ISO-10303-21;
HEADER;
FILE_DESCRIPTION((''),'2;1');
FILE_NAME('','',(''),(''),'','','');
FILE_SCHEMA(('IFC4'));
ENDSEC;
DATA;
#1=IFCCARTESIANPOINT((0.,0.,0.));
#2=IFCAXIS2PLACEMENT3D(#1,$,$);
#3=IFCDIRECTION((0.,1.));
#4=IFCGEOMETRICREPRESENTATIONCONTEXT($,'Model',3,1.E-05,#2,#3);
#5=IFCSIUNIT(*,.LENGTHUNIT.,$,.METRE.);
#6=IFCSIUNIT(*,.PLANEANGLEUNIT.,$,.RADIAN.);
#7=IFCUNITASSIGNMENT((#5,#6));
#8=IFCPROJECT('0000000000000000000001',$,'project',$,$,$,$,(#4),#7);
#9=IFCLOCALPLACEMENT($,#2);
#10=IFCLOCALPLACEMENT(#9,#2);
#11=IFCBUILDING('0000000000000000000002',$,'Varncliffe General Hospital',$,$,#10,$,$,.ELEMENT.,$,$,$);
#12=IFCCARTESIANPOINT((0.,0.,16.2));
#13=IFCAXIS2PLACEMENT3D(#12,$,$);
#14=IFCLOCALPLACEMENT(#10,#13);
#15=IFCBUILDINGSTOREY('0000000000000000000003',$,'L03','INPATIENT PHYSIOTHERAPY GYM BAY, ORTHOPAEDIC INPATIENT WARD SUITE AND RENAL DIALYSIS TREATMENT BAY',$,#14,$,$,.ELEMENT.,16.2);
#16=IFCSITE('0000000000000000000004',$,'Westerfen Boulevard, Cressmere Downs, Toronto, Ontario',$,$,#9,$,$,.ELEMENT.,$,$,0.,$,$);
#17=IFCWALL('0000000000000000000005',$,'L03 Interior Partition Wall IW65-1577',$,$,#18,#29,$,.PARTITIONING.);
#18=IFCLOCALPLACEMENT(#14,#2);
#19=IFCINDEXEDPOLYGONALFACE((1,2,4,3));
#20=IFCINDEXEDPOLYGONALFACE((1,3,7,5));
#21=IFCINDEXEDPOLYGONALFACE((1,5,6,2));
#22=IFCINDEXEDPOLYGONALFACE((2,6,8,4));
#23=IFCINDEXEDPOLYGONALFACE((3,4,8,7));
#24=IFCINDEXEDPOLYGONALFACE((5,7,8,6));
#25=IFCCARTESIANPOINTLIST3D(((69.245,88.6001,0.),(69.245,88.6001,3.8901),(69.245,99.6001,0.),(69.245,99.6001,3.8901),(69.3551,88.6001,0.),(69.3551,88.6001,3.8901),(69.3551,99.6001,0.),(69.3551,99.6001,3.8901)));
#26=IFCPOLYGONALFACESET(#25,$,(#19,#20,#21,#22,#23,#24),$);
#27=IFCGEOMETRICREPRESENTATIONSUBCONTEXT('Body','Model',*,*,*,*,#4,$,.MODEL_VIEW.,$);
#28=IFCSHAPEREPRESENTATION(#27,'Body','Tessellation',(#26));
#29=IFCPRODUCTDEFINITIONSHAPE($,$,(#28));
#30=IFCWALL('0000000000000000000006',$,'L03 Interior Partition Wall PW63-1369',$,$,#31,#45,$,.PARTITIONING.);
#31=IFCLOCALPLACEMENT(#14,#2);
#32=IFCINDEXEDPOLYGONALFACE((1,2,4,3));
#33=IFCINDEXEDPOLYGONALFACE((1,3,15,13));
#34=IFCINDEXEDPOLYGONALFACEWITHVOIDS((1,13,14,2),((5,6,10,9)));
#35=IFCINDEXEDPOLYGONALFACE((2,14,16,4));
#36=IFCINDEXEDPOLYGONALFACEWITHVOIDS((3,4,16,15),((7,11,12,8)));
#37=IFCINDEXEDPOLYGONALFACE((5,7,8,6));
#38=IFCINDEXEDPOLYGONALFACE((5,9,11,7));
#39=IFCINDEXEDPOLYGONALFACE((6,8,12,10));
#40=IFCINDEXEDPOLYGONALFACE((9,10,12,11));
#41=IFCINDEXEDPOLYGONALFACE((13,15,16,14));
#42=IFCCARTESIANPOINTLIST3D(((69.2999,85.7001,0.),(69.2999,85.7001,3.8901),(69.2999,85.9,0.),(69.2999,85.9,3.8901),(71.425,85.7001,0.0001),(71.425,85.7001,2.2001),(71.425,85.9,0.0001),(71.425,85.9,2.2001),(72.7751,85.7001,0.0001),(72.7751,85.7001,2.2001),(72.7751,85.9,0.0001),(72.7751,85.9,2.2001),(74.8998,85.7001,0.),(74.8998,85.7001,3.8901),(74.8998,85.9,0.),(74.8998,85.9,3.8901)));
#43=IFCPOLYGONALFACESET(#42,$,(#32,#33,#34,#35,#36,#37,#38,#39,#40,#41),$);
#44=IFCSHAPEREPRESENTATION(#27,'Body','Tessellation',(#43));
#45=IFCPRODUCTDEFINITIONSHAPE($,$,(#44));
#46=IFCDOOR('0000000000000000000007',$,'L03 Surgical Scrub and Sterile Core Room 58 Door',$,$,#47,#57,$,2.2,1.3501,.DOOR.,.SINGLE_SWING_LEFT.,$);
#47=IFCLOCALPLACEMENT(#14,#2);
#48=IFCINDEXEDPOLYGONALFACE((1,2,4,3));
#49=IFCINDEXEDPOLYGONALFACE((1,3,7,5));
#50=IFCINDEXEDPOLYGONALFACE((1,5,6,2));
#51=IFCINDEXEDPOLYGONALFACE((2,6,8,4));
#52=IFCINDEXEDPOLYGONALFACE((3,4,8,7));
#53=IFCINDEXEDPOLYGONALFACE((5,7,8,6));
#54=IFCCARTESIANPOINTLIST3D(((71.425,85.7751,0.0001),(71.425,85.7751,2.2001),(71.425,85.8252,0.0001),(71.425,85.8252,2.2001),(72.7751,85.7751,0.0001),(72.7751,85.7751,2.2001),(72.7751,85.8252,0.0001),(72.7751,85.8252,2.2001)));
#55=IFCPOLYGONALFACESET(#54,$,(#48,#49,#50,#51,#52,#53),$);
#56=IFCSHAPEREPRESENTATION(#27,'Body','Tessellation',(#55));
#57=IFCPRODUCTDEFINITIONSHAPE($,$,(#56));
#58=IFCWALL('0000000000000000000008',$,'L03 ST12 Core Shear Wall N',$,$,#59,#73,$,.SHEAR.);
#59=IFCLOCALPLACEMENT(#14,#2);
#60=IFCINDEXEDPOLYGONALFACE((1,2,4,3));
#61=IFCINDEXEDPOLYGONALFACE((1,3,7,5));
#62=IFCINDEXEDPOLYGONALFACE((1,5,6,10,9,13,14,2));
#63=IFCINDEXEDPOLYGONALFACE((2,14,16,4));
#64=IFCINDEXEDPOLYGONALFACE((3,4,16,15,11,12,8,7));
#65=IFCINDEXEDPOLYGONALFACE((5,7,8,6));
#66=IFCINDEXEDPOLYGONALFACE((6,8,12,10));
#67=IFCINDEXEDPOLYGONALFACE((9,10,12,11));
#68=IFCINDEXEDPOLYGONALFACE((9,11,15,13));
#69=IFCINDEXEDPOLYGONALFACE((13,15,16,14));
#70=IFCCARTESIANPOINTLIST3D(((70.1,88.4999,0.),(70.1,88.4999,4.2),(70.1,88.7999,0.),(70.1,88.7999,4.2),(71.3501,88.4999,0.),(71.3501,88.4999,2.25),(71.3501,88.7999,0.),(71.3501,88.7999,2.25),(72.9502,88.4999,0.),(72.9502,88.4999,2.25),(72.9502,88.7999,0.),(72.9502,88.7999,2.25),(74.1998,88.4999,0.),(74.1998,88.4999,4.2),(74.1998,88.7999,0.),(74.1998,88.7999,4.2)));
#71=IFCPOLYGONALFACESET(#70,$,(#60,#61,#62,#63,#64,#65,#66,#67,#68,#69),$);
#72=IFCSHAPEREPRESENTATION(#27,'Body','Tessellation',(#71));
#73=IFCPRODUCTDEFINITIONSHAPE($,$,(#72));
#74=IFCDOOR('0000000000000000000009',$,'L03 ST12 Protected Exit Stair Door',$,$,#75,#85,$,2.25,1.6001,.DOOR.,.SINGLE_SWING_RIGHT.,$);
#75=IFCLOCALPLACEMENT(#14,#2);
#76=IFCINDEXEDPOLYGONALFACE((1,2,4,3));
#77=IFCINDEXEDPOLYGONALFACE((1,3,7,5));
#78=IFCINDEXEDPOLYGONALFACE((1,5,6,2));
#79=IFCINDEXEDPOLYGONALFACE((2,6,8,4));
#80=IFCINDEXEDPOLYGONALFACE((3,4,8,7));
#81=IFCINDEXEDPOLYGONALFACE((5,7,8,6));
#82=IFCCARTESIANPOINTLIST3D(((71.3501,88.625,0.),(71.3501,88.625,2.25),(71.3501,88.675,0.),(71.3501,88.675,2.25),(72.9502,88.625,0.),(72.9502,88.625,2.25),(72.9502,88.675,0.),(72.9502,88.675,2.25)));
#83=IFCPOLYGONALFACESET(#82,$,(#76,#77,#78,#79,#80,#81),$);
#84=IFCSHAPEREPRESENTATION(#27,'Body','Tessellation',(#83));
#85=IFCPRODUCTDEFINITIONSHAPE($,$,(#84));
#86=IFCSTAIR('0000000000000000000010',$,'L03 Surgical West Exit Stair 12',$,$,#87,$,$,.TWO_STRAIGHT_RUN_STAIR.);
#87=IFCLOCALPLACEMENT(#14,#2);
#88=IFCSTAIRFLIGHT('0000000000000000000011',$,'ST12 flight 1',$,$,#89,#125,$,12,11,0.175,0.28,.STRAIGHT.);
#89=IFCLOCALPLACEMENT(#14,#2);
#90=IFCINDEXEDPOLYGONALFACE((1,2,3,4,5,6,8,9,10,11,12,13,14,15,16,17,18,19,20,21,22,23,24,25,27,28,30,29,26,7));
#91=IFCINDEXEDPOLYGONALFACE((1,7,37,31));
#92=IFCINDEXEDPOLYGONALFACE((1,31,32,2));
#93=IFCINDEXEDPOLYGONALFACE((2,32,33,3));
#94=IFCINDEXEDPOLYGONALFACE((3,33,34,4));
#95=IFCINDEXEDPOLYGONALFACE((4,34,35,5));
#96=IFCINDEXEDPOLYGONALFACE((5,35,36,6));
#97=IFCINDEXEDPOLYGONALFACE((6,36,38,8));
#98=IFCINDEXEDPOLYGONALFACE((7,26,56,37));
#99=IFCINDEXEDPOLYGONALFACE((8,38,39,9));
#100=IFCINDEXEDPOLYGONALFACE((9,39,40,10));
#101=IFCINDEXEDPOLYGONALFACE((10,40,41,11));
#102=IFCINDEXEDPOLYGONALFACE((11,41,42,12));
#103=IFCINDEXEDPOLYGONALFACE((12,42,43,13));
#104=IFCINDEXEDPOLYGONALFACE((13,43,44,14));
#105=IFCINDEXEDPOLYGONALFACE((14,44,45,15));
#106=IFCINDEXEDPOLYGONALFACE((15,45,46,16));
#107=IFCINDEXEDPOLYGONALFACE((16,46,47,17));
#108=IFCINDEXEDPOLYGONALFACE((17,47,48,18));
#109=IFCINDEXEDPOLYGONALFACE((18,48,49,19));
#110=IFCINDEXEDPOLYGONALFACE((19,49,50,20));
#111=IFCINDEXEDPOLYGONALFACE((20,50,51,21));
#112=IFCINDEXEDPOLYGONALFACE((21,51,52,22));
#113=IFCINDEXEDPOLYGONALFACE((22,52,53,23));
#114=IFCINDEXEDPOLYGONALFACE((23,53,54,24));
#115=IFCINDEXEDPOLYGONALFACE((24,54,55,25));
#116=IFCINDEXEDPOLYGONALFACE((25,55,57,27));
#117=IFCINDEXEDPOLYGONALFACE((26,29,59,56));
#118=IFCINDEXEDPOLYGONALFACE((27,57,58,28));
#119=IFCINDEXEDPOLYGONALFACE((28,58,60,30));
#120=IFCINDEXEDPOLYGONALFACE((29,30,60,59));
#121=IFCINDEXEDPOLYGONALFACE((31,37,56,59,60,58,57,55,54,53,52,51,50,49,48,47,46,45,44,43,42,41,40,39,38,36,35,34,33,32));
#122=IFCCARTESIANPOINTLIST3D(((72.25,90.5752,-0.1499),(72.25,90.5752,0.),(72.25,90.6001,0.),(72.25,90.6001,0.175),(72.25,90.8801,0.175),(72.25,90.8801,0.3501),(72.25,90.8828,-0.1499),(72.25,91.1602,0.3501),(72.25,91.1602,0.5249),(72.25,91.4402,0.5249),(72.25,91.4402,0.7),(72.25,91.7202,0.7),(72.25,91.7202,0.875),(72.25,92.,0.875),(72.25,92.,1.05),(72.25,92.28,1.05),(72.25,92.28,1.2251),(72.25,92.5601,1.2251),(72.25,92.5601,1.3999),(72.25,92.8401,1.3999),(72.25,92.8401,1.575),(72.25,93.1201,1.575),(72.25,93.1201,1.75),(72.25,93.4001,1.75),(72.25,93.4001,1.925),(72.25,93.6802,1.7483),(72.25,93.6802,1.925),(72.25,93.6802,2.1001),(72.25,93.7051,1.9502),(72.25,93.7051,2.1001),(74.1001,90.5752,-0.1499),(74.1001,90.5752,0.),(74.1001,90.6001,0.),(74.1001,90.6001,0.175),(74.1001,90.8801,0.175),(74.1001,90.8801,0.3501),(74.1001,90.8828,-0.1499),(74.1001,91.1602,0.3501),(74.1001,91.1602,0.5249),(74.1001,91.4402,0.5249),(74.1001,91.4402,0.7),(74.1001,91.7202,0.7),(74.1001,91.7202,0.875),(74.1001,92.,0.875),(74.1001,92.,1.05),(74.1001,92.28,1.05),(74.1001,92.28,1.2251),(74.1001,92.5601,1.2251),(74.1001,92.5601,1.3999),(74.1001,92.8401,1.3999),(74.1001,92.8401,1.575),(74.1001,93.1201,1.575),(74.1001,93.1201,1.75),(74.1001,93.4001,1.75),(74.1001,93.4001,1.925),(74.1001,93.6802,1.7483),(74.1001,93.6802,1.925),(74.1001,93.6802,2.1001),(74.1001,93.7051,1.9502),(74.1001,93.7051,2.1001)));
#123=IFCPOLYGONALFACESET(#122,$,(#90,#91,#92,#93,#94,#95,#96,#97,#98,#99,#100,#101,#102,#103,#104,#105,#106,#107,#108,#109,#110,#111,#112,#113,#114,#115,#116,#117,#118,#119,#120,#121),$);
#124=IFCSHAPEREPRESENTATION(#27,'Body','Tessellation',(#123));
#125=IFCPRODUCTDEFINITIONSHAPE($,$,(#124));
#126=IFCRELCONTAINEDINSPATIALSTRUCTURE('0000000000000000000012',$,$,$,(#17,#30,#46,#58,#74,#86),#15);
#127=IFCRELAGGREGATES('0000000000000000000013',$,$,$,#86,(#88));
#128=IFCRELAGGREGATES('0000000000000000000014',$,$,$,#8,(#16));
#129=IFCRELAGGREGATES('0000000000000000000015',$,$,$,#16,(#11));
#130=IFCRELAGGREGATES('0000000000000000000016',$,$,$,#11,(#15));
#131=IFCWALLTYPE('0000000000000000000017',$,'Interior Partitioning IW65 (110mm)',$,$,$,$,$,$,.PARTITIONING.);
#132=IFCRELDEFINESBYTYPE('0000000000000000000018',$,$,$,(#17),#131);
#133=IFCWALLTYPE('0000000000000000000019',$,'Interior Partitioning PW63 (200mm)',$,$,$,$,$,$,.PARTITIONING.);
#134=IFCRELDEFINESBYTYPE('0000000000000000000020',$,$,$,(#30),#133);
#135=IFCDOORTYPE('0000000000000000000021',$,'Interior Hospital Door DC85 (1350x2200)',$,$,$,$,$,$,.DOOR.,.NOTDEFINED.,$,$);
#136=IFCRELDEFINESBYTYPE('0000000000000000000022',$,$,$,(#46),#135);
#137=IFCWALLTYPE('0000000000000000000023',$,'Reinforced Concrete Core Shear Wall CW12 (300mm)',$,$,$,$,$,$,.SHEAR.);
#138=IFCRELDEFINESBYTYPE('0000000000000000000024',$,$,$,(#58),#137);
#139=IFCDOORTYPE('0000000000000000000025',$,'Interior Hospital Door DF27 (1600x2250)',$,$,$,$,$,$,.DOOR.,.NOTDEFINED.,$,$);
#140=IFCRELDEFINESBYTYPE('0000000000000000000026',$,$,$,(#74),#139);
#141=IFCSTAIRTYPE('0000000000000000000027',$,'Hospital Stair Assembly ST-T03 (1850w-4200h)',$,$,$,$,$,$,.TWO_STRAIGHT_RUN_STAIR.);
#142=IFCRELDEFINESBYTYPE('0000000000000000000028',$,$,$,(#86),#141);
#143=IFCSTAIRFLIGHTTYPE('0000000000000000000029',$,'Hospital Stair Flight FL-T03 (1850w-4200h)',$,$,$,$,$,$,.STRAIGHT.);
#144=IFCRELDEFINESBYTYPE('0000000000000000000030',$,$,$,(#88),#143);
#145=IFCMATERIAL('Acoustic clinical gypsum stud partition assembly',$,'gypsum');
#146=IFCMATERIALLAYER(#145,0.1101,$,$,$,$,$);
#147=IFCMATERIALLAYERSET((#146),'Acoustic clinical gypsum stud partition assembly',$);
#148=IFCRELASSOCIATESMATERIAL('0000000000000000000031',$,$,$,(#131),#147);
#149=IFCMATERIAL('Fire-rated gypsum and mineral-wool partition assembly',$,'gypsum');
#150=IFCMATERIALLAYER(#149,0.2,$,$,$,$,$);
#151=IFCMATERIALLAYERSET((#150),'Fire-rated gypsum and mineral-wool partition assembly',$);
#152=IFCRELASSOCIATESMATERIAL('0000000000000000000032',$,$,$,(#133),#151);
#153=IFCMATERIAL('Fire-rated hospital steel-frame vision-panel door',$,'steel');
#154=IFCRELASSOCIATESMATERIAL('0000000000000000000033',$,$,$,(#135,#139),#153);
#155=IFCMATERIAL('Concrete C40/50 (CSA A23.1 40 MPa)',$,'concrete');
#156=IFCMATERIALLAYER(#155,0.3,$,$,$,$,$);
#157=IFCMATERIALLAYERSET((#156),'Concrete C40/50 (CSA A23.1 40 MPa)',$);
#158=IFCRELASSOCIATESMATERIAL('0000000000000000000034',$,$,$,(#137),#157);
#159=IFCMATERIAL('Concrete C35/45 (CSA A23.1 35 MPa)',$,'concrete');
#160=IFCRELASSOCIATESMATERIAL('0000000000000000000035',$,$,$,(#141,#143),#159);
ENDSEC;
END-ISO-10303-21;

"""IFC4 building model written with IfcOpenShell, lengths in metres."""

from ifc_helpers import new_model, si_unit, direction, frame, frame_2d, origin, place, context, subcontext, project, spatial, polyline, rectangle, outline, extrude, material, layer, layer_set, type_object, element, fill, aggregate, save


model = new_model("IFC4")

# Units and contexts
model_context = context("Model", 3, precision=1e-05, world=origin(), true_north=direction((0.0, 1.0)))
body_context = subcontext(model_context, "Body", "Model", "MODEL_VIEW")
ifc_project = project(units=[si_unit("LENGTHUNIT", "METRE"), si_unit("PLANEANGLEUNIT", "RADIAN")], contexts=[model_context])

# Site, building, storey
site_placement = place(None, origin())
site = spatial("IfcSite", under=ifc_project, at=site_placement, Name="Westerfen Boulevard, Cressmere Downs, Toronto, Ontario", CompositionType="ELEMENT", RefElevation=0.0)
building_placement = place(site_placement, origin())
building = spatial("IfcBuilding", under=site, at=building_placement, Name="Varncliffe General Hospital", CompositionType="ELEMENT")
storey_placement = place(building_placement, frame((0.0, 0.0, 16.2)))
storey = spatial("IfcBuildingStorey", under=building, at=storey_placement, Name="L03", Description="INPATIENT PHYSIOTHERAPY GYM BAY, ORTHOPAEDIC INPATIENT WARD SUITE AND RENAL DIALYSIS TREATMENT BAY", CompositionType="ELEMENT", Elevation=16.2)

# Shared definitions
ifc_material_1 = material(Name="Concrete C40/50 (CSA A23.1 40 MPa)", Category="concrete")

# Shared definitions
ifc_material_2 = material(Name="Concrete C35/45 (CSA A23.1 35 MPa)", Category="concrete")

# Wall
ifc_material_3 = material(Name="Acoustic clinical gypsum stud partition assembly", Category="gypsum")
ifc_layer_1 = layer(ifc_material_3, 0.1101)
ifc_layer_set_1 = layer_set([ifc_layer_1], Name="Acoustic clinical gypsum stud partition assembly")
wall_type_1 = type_object("IfcWallType", Name="Interior Partitioning IW65 (110mm)", PredefinedType="PARTITIONING", material=ifc_layer_set_1)
wall_1_placement = place(storey_placement, frame((69.3, 88.6001, 0.0), z_axis=(0.0, 0.0, 1.0), x_axis=(0.0, 1.0, 0.0)))
element("IfcWall", 1, at=wall_1_placement, inside=storey, type_object=wall_type_1, Name="L03 Interior Partition Wall IW65-1577", PredefinedType="PARTITIONING", context=body_context, shape_type="SweptSolid", body=[
    extrude(rectangle(XDim=11.0, YDim=0.1101, at=frame_2d((5.5, 0.0))), origin(), (0.0, 0.0, 1.0), 3.8901),
])

# Walls, openings, doors
ifc_material_4 = material(Name="Fire-rated gypsum and mineral-wool partition assembly", Category="gypsum")
ifc_layer_2 = layer(ifc_material_4, 0.2)
ifc_layer_set_2 = layer_set([ifc_layer_2], Name="Fire-rated gypsum and mineral-wool partition assembly")
wall_type_2 = type_object("IfcWallType", Name="Interior Partitioning PW63 (200mm)", PredefinedType="PARTITIONING", material=ifc_layer_set_2)
wall_2_placement = place(storey_placement, frame((69.3, 85.8, 0.0), z_axis=(0.0, 0.0, 1.0), x_axis=(1.0, 0.0, 0.0)))
wall_2 = element("IfcWall", 2, at=wall_2_placement, inside=storey, type_object=wall_type_2, Name="L03 Interior Partition Wall PW63-1369", PredefinedType="PARTITIONING", context=body_context, shape_type="SweptSolid", body=[
    extrude(rectangle(XDim=5.5999, YDim=0.2, at=frame_2d((2.7998, 0.0))), origin(), (0.0, 0.0, 1.0), 3.8901),
])
opening_1_placement = place(wall_2_placement, frame((2.125, 0.0, 0.0)))
opening_1 = element("IfcOpeningElement", 3, at=opening_1_placement, cuts=wall_2, PredefinedType="OPENING", context=body_context, shape_type="SweptSolid", body=[
    extrude(rectangle(XDim=1.3501, YDim=2.2, at=frame_2d((0.675, 1.1001))), frame((0.0, 0.1099, 0.0), z_axis=(0.0, -1.0, 0.0), x_axis=(1.0, 0.0, 0.0)), (0.0, 0.0, 1.0), 0.22),
])
ifc_material_5 = material(Name="Fire-rated hospital steel-frame vision-panel door", Category="steel")
door_type_1 = type_object("IfcDoorType", Name="Interior Hospital Door DC85 (1350x2200)", OperationType="NOTDEFINED", PredefinedType="DOOR", material=ifc_material_5)
door_1_placement = place(opening_1_placement, frame((1.3501, 0.0, 0.0), z_axis=(0.0, 0.0, 1.0), x_axis=(-1.0, 0.0, 0.0)))
door_1 = element("IfcDoor", 4, at=door_1_placement, inside=storey, type_object=door_type_1, Name="L03 Surgical Scrub and Sterile Core Room 58 Door", OperationType="SINGLE_SWING_LEFT", OverallHeight=2.2, OverallWidth=1.3501, PredefinedType="DOOR", context=body_context, shape_type="SweptSolid", body=[
    extrude(rectangle(XDim=1.3501, YDim=2.2, at=frame_2d((0.675, 1.1001))), frame((0.0, 0.0249, 0.0), z_axis=(0.0, -1.0, 0.0), x_axis=(1.0, 0.0, 0.0)), (0.0, 0.0, 1.0), 0.05),
])
fill(opening_1, door_1)
ifc_layer_3 = layer(ifc_material_1, 0.3)
ifc_layer_set_3 = layer_set([ifc_layer_3], Name="Concrete C40/50 (CSA A23.1 40 MPa)")
wall_type_3 = type_object("IfcWallType", Name="Reinforced Concrete Core Shear Wall CW12 (300mm)", PredefinedType="SHEAR", material=ifc_layer_set_3)
wall_3_placement = place(storey_placement, frame((70.1001, 88.6499, 0.0), z_axis=(0.0, 0.0, 1.0), x_axis=(1.0, 0.0, 0.0)))
wall_3 = element("IfcWall", 5, at=wall_3_placement, inside=storey, type_object=wall_type_3, Name="L03 ST12 Core Shear Wall N", PredefinedType="SHEAR", context=body_context, shape_type="SweptSolid", body=[
    extrude(rectangle(XDim=4.0999, YDim=0.3, at=frame_2d((2.0498, 0.0))), origin(), (0.0, 0.0, 1.0), 4.2),
])
opening_2_placement = place(wall_3_placement, frame((1.25, 0.0, 0.0)))
opening_2 = element("IfcOpeningElement", 6, at=opening_2_placement, cuts=wall_3, PredefinedType="OPENING", context=body_context, shape_type="SweptSolid", body=[
    extrude(rectangle(XDim=1.6001, YDim=2.25, at=frame_2d((0.8, 1.125))), frame((0.0, 0.1602, 0.0), z_axis=(0.0, -1.0, 0.0), x_axis=(1.0, 0.0, 0.0)), (0.0, 0.0, 1.0), 0.3201),
])
door_type_2 = type_object("IfcDoorType", Name="Interior Hospital Door DF27 (1600x2250)", OperationType="NOTDEFINED", PredefinedType="DOOR", material=ifc_material_5)
door_2_placement = place(opening_2_placement, frame((1.6001, 0.0, 0.0), z_axis=(0.0, 0.0, 1.0), x_axis=(-1.0, 0.0, 0.0)))
door_2 = element("IfcDoor", 7, at=door_2_placement, inside=storey, type_object=door_type_2, Name="L03 ST12 Protected Exit Stair Door", OperationType="SINGLE_SWING_RIGHT", OverallHeight=2.25, OverallWidth=1.6001, PredefinedType="DOOR", context=body_context, shape_type="SweptSolid", body=[
    extrude(rectangle(XDim=1.6001, YDim=2.25, at=frame_2d((0.8, 1.125))), frame((0.0, 0.0249, 0.0), z_axis=(0.0, -1.0, 0.0), x_axis=(1.0, 0.0, 0.0)), (0.0, 0.0, 1.0), 0.05),
])
fill(opening_2, door_2)

# Stair, stair flight
stair_type = type_object("IfcStairType", Name="Hospital Stair Assembly ST-T03 (1850w-4200h)", PredefinedType="TWO_STRAIGHT_RUN_STAIR", material=ifc_material_2)
stair_placement = place(storey_placement, origin())
stair = element("IfcStair", 8, at=stair_placement, inside=storey, type_object=stair_type, Name="L03 Surgical West Exit Stair 12", PredefinedType="TWO_STRAIGHT_RUN_STAIR")
stair_flight_type = type_object("IfcStairFlightType", Name="Hospital Stair Flight FL-T03 (1850w-4200h)", PredefinedType="STRAIGHT", material=ifc_material_2)
stair_flight_placement = place(storey_placement, frame((73.175, 90.6001, 0.0), z_axis=(0.0, 0.0, 1.0), x_axis=(0.0, 1.0, 0.0)))
stair_flight = element("IfcStairFlight", 9, at=stair_flight_placement, type_object=stair_flight_type, Name="ST12 flight 1", NumberOfRisers=12, NumberOfTreads=11, PredefinedType="STRAIGHT", RiserHeight=0.175, TreadLength=0.28, context=body_context, shape_type="SweptSolid", body=[
    extrude(outline(polyline([(-0.0249, -0.1499), (-0.0249, 0.0), (0.0, 0.0), (0.0, 0.175), (0.28, 0.175), (0.28, 0.3501), (0.5601, 0.3501), (0.5601, 0.5249), (0.8401, 0.5249), (0.8401, 0.7), (1.1201, 0.7), (1.1201, 0.875), (1.3999, 0.875), (1.3999, 1.05), (1.6799, 1.05), (1.6799, 1.2251), (1.96, 1.2251), (1.96, 1.3999), (2.24, 1.3999), (2.24, 1.575), (2.52, 1.575), (2.52, 1.75), (2.8, 1.75), (2.8, 1.925), (3.0801, 1.925), (3.0801, 2.1001), (3.105, 2.1001), (3.105, 1.9502), (3.0801, 1.7483), (0.2827, -0.1499), (-0.0249, -0.1499)])), frame((0.0, 0.925, 0.0), z_axis=(0.0, -1.0, 0.0), x_axis=(1.0, 0.0, 0.0)), (0.0, 0.0, 1.0), 1.8501),
])
aggregate(stair, [stair_flight])

save(model, "model.ifc")
